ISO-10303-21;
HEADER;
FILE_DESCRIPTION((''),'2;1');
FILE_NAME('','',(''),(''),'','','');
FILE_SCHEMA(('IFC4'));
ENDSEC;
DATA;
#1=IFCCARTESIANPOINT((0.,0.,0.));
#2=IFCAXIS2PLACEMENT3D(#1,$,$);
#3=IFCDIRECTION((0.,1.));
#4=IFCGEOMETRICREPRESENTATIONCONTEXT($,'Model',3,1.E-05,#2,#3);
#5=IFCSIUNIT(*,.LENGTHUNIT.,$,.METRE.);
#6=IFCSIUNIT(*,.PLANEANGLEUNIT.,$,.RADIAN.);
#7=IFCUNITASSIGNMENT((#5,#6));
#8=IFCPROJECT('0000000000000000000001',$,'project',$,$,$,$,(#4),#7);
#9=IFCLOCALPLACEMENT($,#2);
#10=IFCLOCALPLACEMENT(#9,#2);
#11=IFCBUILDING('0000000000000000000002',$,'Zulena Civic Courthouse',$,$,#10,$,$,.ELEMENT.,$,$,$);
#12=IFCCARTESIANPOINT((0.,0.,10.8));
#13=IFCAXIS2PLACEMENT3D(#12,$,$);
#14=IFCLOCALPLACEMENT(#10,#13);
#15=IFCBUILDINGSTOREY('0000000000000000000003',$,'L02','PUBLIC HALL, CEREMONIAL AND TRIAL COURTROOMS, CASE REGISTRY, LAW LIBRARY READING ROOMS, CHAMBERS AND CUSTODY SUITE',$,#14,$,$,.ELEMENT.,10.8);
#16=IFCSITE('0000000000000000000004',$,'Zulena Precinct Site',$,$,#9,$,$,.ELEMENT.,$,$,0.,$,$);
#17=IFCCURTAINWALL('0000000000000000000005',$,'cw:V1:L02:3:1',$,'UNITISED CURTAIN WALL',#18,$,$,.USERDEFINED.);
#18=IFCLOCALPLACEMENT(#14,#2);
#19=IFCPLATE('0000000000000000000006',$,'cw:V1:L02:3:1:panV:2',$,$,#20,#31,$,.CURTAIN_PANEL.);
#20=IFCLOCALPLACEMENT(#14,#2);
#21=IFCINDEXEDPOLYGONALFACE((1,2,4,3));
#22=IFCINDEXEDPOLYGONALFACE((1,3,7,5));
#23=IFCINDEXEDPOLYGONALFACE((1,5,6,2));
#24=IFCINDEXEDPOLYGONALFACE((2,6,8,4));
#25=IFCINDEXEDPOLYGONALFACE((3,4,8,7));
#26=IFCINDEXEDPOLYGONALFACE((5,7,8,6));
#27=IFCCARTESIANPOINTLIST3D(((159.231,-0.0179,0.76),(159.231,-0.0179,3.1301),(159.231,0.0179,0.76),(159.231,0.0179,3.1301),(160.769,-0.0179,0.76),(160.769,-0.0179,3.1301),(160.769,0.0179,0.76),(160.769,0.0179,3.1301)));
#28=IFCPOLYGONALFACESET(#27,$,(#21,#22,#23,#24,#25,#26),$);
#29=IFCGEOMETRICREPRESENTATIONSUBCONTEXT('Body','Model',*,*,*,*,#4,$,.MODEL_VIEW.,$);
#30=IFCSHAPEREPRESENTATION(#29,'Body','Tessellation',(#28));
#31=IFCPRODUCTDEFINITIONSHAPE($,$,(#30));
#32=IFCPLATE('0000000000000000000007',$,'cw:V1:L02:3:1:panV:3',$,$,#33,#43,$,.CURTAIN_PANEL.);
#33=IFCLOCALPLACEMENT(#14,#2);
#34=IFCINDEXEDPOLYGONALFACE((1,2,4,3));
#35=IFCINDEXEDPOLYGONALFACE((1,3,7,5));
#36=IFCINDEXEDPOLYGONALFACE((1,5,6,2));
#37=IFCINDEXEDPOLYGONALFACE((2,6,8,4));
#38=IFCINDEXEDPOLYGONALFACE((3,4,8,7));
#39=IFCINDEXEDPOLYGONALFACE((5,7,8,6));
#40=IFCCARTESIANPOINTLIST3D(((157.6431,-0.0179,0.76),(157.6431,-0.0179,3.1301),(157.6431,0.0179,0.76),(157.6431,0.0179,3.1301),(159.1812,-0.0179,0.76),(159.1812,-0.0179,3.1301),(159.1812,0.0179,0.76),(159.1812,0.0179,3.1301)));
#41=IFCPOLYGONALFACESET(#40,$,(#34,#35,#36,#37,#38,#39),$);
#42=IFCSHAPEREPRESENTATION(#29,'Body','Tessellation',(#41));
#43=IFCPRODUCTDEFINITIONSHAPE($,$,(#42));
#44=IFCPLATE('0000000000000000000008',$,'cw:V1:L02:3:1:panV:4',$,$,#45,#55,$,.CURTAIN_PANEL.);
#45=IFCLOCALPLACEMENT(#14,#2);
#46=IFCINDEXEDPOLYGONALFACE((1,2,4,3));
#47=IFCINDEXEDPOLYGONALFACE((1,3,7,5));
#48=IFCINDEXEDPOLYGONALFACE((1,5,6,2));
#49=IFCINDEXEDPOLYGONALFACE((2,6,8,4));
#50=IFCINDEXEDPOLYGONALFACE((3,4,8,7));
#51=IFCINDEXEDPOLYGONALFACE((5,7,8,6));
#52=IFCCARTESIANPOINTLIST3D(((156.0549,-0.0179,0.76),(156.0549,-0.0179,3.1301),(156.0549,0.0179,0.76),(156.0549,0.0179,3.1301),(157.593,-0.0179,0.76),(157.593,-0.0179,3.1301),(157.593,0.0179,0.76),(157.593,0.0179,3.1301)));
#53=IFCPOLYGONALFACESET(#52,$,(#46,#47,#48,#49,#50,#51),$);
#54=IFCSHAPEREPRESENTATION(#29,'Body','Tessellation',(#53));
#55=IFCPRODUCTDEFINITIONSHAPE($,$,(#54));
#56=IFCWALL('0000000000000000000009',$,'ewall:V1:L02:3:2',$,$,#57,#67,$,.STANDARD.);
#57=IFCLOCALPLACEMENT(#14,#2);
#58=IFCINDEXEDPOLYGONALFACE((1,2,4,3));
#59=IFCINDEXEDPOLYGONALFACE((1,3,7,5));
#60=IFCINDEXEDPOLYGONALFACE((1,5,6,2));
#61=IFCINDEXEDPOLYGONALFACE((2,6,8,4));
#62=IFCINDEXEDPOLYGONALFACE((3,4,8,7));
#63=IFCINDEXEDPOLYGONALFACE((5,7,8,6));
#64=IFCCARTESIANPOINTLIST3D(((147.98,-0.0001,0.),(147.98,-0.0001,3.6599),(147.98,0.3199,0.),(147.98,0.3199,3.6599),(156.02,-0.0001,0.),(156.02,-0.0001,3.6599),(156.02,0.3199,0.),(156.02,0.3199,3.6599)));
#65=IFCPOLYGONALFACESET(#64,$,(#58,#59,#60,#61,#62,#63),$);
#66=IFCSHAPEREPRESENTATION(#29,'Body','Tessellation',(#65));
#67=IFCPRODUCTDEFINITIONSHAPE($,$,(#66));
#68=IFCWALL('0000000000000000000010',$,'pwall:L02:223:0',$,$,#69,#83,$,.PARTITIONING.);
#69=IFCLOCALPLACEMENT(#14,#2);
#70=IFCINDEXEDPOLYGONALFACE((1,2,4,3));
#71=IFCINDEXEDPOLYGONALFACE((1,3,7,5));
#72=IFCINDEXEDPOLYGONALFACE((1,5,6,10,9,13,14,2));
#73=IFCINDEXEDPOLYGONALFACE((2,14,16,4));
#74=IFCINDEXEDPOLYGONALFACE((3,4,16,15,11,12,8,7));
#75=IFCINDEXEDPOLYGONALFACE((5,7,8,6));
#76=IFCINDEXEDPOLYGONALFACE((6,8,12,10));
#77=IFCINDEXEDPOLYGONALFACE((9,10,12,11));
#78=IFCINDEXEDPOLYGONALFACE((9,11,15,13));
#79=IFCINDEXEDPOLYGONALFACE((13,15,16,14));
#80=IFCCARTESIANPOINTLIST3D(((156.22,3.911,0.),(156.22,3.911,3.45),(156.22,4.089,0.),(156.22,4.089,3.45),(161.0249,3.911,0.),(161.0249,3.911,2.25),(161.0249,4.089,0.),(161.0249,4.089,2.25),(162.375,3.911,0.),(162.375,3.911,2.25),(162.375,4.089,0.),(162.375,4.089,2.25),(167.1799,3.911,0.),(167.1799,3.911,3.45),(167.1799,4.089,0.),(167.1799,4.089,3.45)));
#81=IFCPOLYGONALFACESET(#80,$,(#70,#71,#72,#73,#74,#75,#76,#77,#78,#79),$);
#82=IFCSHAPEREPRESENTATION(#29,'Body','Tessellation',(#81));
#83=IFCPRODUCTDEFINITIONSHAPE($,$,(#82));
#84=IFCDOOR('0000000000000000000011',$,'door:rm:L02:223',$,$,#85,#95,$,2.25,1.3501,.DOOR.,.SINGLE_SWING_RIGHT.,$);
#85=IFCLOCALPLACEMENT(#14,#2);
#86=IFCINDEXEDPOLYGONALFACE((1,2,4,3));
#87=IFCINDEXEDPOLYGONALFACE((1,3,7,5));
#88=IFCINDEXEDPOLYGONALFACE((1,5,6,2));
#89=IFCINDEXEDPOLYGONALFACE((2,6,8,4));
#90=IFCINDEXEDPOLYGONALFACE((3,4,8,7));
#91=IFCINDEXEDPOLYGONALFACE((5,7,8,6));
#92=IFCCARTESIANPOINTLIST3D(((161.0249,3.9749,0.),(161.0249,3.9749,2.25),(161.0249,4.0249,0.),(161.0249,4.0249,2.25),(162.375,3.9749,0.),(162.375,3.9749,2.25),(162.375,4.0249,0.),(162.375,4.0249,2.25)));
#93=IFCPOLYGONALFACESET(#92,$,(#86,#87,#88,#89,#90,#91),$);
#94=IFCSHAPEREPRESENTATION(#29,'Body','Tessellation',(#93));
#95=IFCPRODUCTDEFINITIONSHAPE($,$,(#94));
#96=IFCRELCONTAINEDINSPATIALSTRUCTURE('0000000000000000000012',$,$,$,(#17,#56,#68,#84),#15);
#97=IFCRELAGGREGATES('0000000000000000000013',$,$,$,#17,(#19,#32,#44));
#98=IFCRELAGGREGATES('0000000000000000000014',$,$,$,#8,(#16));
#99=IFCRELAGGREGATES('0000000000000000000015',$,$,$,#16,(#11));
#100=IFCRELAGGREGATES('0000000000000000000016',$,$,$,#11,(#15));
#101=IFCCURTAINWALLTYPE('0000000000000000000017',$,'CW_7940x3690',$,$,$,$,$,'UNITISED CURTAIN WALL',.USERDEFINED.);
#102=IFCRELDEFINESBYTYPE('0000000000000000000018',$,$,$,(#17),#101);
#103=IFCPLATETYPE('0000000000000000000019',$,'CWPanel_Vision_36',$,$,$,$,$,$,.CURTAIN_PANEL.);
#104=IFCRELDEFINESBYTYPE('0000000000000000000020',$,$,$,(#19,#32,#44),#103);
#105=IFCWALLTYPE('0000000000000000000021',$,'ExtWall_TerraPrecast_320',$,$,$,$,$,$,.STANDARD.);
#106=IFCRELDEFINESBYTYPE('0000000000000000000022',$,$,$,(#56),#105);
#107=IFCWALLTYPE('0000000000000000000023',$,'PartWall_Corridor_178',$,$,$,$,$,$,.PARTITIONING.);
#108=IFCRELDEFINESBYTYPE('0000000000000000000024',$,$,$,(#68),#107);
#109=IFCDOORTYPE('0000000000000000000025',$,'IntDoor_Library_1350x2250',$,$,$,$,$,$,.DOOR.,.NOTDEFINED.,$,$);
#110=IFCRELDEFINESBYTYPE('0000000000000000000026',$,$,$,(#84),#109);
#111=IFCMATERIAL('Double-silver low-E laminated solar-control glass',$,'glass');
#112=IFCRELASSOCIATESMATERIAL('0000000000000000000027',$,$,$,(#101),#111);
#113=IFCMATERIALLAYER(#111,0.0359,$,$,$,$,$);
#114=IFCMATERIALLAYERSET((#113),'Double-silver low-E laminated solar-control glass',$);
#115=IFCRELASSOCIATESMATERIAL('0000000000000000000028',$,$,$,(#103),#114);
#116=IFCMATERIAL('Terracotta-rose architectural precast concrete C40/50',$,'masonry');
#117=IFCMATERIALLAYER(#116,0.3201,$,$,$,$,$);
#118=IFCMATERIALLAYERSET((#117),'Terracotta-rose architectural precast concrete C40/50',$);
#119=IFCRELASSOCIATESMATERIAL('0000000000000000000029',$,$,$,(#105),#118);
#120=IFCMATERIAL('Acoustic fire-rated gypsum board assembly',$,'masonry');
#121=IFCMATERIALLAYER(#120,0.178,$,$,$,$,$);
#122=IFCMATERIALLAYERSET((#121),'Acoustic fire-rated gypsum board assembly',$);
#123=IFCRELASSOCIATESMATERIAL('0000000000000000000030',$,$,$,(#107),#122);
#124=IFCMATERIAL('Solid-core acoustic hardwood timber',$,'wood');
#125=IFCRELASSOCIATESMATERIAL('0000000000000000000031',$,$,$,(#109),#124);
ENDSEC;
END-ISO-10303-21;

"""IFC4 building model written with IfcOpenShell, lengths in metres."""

from ifc_helpers import new_model, si_unit, direction, frame, frame_2d, origin, origin_2d, place, context, subcontext, project, spatial, rectangle, extrude, material, layer, layer_set, type_object, element, fill, aggregate, save


model = new_model("IFC4")

# Units and contexts
model_context = context("Model", 3, precision=1e-05, world=origin(), true_north=direction((0.0, 1.0)))
body_context = subcontext(model_context, "Body", "Model", "MODEL_VIEW")
ifc_project = project(units=[si_unit("LENGTHUNIT", "METRE"), si_unit("PLANEANGLEUNIT", "RADIAN")], contexts=[model_context])

# Site, building, storey
site_placement = place(None, origin())
site = spatial("IfcSite", under=ifc_project, at=site_placement, Name="Zulena Precinct Site", CompositionType="ELEMENT", RefElevation=0.0)
building_placement = place(site_placement, origin())
building = spatial("IfcBuilding", under=site, at=building_placement, Name="Zulena Civic Courthouse", CompositionType="ELEMENT")
storey_placement = place(building_placement, frame((0.0, 0.0, 10.8)))
storey = spatial("IfcBuildingStorey", under=building, at=storey_placement, Name="L02", Description="PUBLIC HALL, CEREMONIAL AND TRIAL COURTROOMS, CASE REGISTRY, LAW LIBRARY READING ROOMS, CHAMBERS AND CUSTODY SUITE", CompositionType="ELEMENT", Elevation=10.8)

# Curtain wall
ifc_material_1 = material(Name="Double-silver low-E laminated solar-control glass", Category="glass")
curtain_wall_type = type_object("IfcCurtainWallType", Name="CW_7940x3690", ElementType="UNITISED CURTAIN WALL", PredefinedType="USERDEFINED", material=ifc_material_1)
curtain_wall_placement = place(storey_placement, origin())
curtain_wall = element("IfcCurtainWall", 1, at=curtain_wall_placement, inside=storey, type_object=curtain_wall_type, Name="cw:V1:L02:3:1", ObjectType="UNITISED CURTAIN WALL", PredefinedType="USERDEFINED")

# Plates
ifc_layer_1 = layer(ifc_material_1, 0.0359)
ifc_layer_set_1 = layer_set([ifc_layer_1], Name="Double-silver low-E laminated solar-control glass")
plate_type_1 = type_object("IfcPlateType", Name="CWPanel_Vision_36", PredefinedType="CURTAIN_PANEL", material=ifc_layer_set_1)
plate_1_placement = place(storey_placement, frame((160.0, 0.0, 0.76), z_axis=(0.0, 0.0, 1.0), x_axis=(-1.0, 0.0, 0.0)))
plate_1 = element("IfcPlate", 2, at=plate_1_placement, type_object=plate_type_1, Name="cw:V1:L02:3:1:panV:2", PredefinedType="CURTAIN_PANEL", context=body_context, shape_type="SweptSolid", body=[
    extrude(rectangle(XDim=1.5381, YDim=0.0359, at=origin_2d()), origin(), (0.0, 0.0, 1.0), 2.3701),
])
plate_2_placement = place(storey_placement, frame((158.4121, 0.0, 0.76), z_axis=(0.0, 0.0, 1.0), x_axis=(-1.0, 0.0, 0.0)))
plate_2 = element("IfcPlate", 3, at=plate_2_placement, type_object=plate_type_1, Name="cw:V1:L02:3:1:panV:3", PredefinedType="CURTAIN_PANEL", context=body_context, shape_type="SweptSolid", body=[
    extrude(rectangle(XDim=1.5381, YDim=0.0359, at=origin_2d()), origin(), (0.0, 0.0, 1.0), 2.3701),
])
plate_3_placement = place(storey_placement, frame((156.824, 0.0, 0.76), z_axis=(0.0, 0.0, 1.0), x_axis=(-1.0, 0.0, 0.0)))
plate_3 = element("IfcPlate", 4, at=plate_3_placement, type_object=plate_type_1, Name="cw:V1:L02:3:1:panV:4", PredefinedType="CURTAIN_PANEL", context=body_context, shape_type="SweptSolid", body=[
    extrude(rectangle(XDim=1.5381, YDim=0.0359, at=origin_2d()), origin(), (0.0, 0.0, 1.0), 2.3701),
])
aggregate(curtain_wall, [plate_1, plate_2, plate_3])

# Wall
ifc_material_2 = material(Name="Terracotta-rose architectural precast concrete C40/50", Category="masonry")
ifc_layer_2 = layer(ifc_material_2, 0.3201)
ifc_layer_set_2 = layer_set([ifc_layer_2], Name="Terracotta-rose architectural precast concrete C40/50")
wall_type_1 = type_object("IfcWallType", Name="ExtWall_TerraPrecast_320", PredefinedType="STANDARD", material=ifc_layer_set_2)
wall_1_placement = place(storey_placement, frame((156.02, 0.1599, 0.0), z_axis=(0.0, 0.0, 1.0), x_axis=(-1.0, 0.0, 0.0)))
element("IfcWall", 5, at=wall_1_placement, inside=storey, type_object=wall_type_1, Name="ewall:V1:L02:3:2", PredefinedType="STANDARD", context=body_context, shape_type="SweptSolid", body=[
    extrude(rectangle(XDim=8.04, YDim=0.3201, at=frame_2d((4.02, 0.0))), origin(), (0.0, 0.0, 1.0), 3.6599),
])

# Wall, opening, door
ifc_material_3 = material(Name="Acoustic fire-rated gypsum board assembly", Category="masonry")
ifc_layer_3 = layer(ifc_material_3, 0.178)
ifc_layer_set_3 = layer_set([ifc_layer_3], Name="Acoustic fire-rated gypsum board assembly")
wall_type_2 = type_object("IfcWallType", Name="PartWall_Corridor_178", PredefinedType="PARTITIONING", material=ifc_layer_set_3)
wall_2_placement = place(storey_placement, frame((156.22, 4.0, 0.0), z_axis=(0.0, 0.0, 1.0), x_axis=(1.0, 0.0, 0.0)))
wall_2 = element("IfcWall", 6, at=wall_2_placement, inside=storey, type_object=wall_type_2, Name="pwall:L02:223:0", PredefinedType="PARTITIONING", context=body_context, shape_type="SweptSolid", body=[
    extrude(rectangle(XDim=10.96, YDim=0.178, at=frame_2d((5.48, 0.0))), origin(), (0.0, 0.0, 1.0), 3.45),
])
opening_placement = place(wall_2_placement, frame((4.8049, 0.0, 0.0)))
opening = element("IfcOpeningElement", 7, at=opening_placement, cuts=wall_2, PredefinedType="OPENING", context=body_context, shape_type="SweptSolid", body=[
    extrude(rectangle(XDim=1.3501, YDim=2.25, at=frame_2d((0.675, 1.125))), frame((0.0, 0.0989, 0.0), z_axis=(0.0, -1.0, 0.0), x_axis=(1.0, 0.0, 0.0)), (0.0, 0.0, 1.0), 0.198),
])
ifc_material_4 = material(Name="Solid-core acoustic hardwood timber", Category="wood")
door_type = type_object("IfcDoorType", Name="IntDoor_Library_1350x2250", OperationType="NOTDEFINED", PredefinedType="DOOR", material=ifc_material_4)
door_placement = place(opening_placement, origin())
door = element("IfcDoor", 8, at=door_placement, inside=storey, type_object=door_type, Name="door:rm:L02:223", OperationType="SINGLE_SWING_RIGHT", OverallHeight=2.25, OverallWidth=1.3501, PredefinedType="DOOR", context=body_context, shape_type="SweptSolid", body=[
    extrude(rectangle(XDim=1.3501, YDim=2.25, at=frame_2d((0.675, 1.125))), frame((0.0, 0.0249, 0.0), z_axis=(0.0, -1.0, 0.0), x_axis=(1.0, 0.0, 0.0)), (0.0, 0.0, 1.0), 0.05),
])
fill(opening, door)

save(model, "model.ifc")
